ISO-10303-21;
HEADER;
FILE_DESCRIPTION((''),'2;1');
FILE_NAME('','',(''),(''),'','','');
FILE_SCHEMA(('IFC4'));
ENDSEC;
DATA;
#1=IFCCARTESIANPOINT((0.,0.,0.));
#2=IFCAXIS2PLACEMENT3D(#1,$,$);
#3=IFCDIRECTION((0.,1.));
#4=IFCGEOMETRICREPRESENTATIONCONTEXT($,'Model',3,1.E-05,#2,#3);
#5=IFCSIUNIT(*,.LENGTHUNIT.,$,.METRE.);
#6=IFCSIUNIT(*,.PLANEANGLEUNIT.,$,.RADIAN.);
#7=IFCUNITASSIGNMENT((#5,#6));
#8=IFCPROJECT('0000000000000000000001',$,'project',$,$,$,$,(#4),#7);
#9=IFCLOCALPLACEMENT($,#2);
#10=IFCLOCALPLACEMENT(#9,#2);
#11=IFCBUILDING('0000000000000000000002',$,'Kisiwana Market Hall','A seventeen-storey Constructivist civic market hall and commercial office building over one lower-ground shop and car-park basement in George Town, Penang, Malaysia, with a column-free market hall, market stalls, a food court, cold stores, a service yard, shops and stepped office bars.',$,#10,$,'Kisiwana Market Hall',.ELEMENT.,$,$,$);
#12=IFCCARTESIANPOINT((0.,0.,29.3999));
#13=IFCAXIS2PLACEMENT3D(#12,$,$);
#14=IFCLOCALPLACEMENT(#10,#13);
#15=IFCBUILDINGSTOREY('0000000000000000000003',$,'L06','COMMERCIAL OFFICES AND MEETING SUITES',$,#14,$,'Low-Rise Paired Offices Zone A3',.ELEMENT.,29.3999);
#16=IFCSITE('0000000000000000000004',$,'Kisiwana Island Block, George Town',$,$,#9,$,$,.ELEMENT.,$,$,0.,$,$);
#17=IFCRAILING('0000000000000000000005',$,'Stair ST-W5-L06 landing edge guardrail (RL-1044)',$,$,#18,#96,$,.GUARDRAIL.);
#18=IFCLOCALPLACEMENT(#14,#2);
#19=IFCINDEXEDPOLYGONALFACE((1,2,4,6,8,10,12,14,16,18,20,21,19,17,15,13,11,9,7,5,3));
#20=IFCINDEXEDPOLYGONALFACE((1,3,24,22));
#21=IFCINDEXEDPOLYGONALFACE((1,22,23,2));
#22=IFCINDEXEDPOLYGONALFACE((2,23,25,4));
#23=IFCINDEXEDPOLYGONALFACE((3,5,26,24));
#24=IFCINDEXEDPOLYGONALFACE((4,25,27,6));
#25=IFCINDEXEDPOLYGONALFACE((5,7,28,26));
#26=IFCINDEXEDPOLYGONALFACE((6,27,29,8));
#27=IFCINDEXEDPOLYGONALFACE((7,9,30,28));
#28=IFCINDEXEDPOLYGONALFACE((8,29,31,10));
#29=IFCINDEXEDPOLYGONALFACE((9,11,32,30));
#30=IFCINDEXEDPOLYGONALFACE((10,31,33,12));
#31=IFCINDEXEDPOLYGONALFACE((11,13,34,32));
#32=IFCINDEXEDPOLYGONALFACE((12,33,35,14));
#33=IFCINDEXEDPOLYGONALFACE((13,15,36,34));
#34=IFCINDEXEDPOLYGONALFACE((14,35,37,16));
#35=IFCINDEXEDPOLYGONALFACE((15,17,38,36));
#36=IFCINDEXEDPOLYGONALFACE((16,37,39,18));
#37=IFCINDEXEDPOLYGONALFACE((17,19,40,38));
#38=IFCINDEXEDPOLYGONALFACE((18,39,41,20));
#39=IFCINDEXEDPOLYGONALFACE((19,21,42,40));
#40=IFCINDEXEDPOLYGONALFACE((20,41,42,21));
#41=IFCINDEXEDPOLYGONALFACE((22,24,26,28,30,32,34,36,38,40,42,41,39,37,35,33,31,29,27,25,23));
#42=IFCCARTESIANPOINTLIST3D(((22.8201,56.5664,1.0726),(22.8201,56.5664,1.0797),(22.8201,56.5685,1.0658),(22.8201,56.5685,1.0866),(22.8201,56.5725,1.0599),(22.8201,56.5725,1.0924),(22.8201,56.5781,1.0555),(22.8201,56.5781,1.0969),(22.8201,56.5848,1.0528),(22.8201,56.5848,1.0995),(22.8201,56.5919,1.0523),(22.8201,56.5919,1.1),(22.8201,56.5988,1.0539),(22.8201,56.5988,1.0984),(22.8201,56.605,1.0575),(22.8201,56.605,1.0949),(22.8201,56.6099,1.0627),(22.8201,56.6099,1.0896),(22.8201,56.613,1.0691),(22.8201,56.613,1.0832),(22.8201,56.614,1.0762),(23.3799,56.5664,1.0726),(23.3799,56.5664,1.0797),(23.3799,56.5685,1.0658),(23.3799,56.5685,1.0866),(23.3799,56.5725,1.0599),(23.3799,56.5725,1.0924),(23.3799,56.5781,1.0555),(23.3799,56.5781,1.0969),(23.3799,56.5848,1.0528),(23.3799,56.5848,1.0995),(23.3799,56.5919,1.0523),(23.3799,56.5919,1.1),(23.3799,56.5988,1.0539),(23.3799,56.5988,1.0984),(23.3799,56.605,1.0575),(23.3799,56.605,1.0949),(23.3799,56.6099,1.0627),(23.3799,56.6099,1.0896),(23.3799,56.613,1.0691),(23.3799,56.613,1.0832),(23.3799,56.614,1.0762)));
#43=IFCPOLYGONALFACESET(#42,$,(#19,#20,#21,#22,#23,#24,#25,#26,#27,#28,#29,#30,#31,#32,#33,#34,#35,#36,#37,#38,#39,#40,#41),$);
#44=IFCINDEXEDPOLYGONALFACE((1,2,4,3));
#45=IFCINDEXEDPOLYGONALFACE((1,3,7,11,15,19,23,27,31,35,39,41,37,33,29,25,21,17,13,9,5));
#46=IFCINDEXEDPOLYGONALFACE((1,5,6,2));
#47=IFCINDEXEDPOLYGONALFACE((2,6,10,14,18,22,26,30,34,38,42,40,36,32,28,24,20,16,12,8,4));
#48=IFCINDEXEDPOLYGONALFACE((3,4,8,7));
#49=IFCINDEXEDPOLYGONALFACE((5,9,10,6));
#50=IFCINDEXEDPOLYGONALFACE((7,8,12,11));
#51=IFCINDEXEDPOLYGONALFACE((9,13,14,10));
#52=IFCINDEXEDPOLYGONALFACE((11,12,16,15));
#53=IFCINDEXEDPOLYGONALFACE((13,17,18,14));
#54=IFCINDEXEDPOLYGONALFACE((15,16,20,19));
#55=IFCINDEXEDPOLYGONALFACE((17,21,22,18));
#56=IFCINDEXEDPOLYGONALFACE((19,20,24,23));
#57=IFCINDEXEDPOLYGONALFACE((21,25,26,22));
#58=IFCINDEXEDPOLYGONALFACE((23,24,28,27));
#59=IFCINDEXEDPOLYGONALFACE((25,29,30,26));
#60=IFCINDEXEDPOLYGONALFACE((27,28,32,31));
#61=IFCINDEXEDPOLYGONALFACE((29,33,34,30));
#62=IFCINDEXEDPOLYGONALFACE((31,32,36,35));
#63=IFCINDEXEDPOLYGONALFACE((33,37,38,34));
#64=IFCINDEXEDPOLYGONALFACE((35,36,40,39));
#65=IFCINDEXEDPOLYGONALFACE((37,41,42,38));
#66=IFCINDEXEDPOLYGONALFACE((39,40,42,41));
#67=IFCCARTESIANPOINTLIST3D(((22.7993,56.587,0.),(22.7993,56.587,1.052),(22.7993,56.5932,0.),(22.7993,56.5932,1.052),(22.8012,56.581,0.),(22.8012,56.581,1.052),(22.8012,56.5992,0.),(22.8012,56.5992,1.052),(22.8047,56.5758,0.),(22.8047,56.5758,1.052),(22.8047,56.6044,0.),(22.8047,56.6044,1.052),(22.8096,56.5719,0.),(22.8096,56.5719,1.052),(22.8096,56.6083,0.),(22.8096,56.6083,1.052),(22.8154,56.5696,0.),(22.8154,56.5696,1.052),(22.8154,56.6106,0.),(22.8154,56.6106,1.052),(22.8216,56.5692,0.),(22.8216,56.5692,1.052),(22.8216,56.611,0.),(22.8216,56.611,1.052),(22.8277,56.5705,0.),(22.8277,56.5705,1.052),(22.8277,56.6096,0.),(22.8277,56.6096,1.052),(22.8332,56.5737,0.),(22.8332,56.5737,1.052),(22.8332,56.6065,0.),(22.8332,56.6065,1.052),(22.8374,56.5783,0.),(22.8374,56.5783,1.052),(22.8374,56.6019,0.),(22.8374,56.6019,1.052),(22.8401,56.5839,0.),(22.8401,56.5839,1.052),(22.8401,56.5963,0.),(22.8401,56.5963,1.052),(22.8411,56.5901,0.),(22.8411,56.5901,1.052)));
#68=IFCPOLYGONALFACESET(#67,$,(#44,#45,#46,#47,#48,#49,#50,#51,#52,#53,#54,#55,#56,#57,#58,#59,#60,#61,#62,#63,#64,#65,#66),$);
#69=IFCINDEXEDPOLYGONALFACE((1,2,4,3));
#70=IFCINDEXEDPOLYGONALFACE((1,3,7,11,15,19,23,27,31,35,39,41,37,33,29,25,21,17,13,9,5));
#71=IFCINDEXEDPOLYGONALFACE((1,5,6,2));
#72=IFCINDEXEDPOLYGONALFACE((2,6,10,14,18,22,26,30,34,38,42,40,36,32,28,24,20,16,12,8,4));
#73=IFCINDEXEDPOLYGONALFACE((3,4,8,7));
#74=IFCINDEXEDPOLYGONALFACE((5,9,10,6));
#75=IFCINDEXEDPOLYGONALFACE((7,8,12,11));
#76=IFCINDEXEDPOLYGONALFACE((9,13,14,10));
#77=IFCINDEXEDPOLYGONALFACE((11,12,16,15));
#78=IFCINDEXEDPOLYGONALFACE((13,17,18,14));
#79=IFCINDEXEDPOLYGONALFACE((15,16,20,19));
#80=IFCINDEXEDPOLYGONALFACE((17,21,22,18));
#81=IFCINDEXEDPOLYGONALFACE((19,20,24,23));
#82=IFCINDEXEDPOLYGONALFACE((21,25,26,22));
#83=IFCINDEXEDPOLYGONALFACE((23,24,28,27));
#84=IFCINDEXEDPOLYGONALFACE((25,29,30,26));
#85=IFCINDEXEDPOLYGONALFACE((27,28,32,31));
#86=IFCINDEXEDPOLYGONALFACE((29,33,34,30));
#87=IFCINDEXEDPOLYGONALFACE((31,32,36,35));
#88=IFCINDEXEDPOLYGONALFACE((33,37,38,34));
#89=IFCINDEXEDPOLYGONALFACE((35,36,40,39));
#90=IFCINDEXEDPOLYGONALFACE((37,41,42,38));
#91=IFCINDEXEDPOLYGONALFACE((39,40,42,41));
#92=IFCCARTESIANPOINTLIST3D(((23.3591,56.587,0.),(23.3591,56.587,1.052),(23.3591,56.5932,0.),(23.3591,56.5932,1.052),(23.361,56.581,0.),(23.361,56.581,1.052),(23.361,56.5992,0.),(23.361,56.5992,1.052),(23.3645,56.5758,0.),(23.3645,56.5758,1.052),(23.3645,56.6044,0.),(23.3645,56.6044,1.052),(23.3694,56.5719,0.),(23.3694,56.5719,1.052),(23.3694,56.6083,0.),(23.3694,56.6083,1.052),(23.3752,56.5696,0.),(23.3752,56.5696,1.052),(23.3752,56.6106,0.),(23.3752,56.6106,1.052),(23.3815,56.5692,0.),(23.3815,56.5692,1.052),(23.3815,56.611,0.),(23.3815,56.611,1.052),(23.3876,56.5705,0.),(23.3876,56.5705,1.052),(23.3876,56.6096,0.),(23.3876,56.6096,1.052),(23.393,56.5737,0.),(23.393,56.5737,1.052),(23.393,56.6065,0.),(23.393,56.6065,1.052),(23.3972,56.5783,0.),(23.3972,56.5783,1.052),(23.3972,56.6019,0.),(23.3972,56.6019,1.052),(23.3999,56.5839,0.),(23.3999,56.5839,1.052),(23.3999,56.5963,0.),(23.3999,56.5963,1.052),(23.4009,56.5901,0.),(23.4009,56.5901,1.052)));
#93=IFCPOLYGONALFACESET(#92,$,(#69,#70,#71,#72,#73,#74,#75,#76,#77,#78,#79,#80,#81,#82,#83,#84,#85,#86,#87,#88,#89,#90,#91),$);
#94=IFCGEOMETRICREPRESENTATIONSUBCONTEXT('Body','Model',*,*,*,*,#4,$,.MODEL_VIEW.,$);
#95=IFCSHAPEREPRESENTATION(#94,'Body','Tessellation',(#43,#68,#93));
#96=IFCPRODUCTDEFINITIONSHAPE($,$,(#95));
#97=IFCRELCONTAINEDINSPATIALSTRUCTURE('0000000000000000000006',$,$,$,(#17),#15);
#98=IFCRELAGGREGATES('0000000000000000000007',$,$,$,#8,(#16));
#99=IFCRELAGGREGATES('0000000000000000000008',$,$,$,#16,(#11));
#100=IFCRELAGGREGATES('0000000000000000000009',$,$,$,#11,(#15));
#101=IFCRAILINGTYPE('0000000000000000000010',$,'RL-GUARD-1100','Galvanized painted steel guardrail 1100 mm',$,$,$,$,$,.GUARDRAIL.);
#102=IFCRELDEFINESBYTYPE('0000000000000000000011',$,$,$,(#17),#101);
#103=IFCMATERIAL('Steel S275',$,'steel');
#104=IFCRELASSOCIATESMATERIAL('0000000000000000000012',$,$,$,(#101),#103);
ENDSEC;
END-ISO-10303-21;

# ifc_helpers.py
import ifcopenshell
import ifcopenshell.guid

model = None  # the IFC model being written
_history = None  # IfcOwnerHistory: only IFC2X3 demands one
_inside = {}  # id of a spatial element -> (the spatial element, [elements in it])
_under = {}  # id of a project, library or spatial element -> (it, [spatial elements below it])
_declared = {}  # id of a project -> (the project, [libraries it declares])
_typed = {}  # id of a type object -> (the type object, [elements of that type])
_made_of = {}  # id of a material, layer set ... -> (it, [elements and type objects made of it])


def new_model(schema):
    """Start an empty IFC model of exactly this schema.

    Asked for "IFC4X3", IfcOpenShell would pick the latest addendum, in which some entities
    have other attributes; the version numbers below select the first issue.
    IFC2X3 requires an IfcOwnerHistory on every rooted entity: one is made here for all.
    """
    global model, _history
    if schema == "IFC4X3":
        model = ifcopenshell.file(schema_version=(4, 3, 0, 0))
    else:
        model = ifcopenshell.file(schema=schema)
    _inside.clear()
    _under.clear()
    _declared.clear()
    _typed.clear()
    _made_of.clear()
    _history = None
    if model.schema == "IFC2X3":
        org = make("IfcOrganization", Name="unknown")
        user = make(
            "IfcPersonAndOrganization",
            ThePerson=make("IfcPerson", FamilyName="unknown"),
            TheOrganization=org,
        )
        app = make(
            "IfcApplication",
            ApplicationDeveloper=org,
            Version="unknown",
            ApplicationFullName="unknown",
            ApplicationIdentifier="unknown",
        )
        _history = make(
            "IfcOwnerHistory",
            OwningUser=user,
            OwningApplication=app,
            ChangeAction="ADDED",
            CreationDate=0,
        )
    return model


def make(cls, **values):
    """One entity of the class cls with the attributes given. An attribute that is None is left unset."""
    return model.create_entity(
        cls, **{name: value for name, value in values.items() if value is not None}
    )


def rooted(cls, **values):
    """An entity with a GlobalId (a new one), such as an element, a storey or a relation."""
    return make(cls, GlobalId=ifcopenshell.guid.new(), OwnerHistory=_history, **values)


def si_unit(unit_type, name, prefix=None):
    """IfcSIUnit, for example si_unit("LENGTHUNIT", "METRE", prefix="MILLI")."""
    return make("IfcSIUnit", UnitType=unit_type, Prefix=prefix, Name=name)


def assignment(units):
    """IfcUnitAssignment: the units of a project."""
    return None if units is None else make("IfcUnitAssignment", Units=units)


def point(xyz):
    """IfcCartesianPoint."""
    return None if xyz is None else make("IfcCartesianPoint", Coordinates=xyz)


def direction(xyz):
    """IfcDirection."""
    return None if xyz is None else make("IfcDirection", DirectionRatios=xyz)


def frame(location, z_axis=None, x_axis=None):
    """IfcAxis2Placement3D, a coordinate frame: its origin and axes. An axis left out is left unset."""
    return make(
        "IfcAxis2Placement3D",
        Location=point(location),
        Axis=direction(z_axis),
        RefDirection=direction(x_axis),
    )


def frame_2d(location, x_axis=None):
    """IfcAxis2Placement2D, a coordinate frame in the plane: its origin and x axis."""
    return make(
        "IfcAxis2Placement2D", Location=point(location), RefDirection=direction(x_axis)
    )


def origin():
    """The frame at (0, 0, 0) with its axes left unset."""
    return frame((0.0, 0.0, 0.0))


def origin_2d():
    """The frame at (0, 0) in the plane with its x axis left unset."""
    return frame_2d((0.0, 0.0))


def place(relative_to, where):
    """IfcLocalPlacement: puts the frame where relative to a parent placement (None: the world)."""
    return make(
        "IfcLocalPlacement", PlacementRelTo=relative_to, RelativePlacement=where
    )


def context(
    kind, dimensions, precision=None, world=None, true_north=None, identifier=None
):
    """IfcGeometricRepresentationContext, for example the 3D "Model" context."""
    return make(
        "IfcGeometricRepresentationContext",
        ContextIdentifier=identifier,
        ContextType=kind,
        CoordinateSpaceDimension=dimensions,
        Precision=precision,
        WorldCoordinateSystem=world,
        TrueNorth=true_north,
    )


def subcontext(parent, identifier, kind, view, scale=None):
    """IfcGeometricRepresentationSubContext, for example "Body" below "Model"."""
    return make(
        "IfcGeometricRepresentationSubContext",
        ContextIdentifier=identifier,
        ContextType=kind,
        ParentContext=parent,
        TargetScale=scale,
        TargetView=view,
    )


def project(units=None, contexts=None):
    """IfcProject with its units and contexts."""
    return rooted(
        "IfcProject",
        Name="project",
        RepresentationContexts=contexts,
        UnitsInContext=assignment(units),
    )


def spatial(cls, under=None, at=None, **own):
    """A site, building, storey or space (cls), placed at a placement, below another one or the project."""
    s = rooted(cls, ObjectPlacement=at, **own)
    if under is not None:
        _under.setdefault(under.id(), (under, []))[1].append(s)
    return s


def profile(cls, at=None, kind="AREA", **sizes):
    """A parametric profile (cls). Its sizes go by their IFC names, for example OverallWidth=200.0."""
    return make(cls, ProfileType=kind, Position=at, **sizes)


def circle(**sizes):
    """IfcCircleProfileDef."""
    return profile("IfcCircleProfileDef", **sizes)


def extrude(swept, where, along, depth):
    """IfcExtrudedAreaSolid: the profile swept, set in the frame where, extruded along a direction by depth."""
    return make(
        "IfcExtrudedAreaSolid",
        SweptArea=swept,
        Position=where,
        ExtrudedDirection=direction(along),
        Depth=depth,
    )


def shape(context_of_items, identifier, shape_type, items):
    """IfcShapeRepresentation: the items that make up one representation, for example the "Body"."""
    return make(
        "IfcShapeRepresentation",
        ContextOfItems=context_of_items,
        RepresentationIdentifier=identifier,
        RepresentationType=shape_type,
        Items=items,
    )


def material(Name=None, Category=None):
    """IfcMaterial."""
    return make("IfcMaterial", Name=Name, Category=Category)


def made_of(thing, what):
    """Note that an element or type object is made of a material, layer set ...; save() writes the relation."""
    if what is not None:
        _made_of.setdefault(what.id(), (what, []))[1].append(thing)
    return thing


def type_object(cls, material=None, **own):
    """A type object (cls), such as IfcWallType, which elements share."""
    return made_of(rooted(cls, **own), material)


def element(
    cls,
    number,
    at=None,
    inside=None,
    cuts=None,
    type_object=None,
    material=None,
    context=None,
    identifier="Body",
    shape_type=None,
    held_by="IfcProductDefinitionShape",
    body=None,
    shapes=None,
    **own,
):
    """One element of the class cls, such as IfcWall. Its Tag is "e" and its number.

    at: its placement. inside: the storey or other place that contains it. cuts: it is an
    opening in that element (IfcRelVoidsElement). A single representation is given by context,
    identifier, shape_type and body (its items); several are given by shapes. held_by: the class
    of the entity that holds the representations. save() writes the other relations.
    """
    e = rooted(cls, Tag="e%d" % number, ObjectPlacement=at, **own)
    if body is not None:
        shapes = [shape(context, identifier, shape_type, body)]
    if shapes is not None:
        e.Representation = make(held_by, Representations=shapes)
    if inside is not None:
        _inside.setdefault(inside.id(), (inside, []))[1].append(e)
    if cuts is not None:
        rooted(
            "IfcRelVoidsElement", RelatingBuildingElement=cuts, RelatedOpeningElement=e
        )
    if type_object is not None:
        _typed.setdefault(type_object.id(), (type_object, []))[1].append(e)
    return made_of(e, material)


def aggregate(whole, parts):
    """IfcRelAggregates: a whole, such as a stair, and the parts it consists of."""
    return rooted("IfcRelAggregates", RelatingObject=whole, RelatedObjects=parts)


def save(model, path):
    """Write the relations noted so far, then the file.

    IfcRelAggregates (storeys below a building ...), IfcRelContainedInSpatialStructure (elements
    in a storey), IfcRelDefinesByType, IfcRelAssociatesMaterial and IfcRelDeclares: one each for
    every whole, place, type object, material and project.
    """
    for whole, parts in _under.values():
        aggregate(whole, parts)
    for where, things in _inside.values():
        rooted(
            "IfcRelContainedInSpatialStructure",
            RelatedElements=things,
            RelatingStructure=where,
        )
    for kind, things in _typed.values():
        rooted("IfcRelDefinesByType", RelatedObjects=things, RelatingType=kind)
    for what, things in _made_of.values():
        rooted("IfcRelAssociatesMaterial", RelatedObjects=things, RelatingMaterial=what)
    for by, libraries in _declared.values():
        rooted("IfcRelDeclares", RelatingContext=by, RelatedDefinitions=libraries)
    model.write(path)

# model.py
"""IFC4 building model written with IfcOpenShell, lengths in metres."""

from ifc_helpers import new_model, si_unit, direction, frame, origin, origin_2d, place, context, subcontext, project, spatial, circle, extrude, material, type_object, element, save


model = new_model("IFC4")

# Units and contexts
model_context = context("Model", 3, precision=1e-05, world=origin(), true_north=direction((0.0, 1.0)))
body_context = subcontext(model_context, "Body", "Model", "MODEL_VIEW")
ifc_project = project(units=[si_unit("LENGTHUNIT", "METRE"), si_unit("PLANEANGLEUNIT", "RADIAN")], contexts=[model_context])

# Site, building, storey
site_placement = place(None, origin())
site = spatial("IfcSite", under=ifc_project, at=site_placement, Name="Kisiwana Island Block, George Town", CompositionType="ELEMENT", RefElevation=0.0)
building_placement = place(site_placement, origin())
building = spatial("IfcBuilding", under=site, at=building_placement, Name="Kisiwana Market Hall", Description="A seventeen-storey Constructivist civic market hall and commercial office building over one lower-ground shop and car-park basement in George Town, Penang, Malaysia, with a column-free market hall, market stalls, a food court, cold stores, a service yard, shops and stepped office bars.", LongName="Kisiwana Market Hall", CompositionType="ELEMENT")
storey_placement = place(building_placement, frame((0.0, 0.0, 29.3999)))
storey = spatial("IfcBuildingStorey", under=building, at=storey_placement, Name="L06", Description="COMMERCIAL OFFICES AND MEETING SUITES", LongName="Low-Rise Paired Offices Zone A3", CompositionType="ELEMENT", Elevation=29.3999)

# Railing
ifc_material_1 = material(Name="Steel S275", Category="steel")
railing_type_1 = type_object("IfcRailingType", Name="RL-GUARD-1100", Description="Galvanized painted steel guardrail 1100 mm", PredefinedType="GUARDRAIL", material=ifc_material_1)
railing_1_placement = place(storey_placement, frame((22.8201, 56.5901, 0.0)))
element("IfcRailing", 1, at=railing_1_placement, inside=storey, type_object=railing_type_1, Name="Stair ST-W5-L06 landing edge guardrail (RL-1044)", PredefinedType="GUARDRAIL", context=body_context, shape_type="SweptSolid", body=[
    extrude(circle(Radius=0.0239, at=origin_2d()), frame((0.0, 0.0, 1.0762), z_axis=(1.0, 0.0, 0.0), x_axis=(0.0, 1.0, 0.0)), (0.0, 0.0, 1.0), 0.5598),
    extrude(circle(Radius=0.021, at=origin_2d()), origin(), (0.0, 0.0, 1.0), 1.052),
    extrude(circle(Radius=0.021, at=origin_2d()), frame((0.5598, 0.0, 0.0)), (0.0, 0.0, 1.0), 1.052),
])

save(model, "model.ifc")
